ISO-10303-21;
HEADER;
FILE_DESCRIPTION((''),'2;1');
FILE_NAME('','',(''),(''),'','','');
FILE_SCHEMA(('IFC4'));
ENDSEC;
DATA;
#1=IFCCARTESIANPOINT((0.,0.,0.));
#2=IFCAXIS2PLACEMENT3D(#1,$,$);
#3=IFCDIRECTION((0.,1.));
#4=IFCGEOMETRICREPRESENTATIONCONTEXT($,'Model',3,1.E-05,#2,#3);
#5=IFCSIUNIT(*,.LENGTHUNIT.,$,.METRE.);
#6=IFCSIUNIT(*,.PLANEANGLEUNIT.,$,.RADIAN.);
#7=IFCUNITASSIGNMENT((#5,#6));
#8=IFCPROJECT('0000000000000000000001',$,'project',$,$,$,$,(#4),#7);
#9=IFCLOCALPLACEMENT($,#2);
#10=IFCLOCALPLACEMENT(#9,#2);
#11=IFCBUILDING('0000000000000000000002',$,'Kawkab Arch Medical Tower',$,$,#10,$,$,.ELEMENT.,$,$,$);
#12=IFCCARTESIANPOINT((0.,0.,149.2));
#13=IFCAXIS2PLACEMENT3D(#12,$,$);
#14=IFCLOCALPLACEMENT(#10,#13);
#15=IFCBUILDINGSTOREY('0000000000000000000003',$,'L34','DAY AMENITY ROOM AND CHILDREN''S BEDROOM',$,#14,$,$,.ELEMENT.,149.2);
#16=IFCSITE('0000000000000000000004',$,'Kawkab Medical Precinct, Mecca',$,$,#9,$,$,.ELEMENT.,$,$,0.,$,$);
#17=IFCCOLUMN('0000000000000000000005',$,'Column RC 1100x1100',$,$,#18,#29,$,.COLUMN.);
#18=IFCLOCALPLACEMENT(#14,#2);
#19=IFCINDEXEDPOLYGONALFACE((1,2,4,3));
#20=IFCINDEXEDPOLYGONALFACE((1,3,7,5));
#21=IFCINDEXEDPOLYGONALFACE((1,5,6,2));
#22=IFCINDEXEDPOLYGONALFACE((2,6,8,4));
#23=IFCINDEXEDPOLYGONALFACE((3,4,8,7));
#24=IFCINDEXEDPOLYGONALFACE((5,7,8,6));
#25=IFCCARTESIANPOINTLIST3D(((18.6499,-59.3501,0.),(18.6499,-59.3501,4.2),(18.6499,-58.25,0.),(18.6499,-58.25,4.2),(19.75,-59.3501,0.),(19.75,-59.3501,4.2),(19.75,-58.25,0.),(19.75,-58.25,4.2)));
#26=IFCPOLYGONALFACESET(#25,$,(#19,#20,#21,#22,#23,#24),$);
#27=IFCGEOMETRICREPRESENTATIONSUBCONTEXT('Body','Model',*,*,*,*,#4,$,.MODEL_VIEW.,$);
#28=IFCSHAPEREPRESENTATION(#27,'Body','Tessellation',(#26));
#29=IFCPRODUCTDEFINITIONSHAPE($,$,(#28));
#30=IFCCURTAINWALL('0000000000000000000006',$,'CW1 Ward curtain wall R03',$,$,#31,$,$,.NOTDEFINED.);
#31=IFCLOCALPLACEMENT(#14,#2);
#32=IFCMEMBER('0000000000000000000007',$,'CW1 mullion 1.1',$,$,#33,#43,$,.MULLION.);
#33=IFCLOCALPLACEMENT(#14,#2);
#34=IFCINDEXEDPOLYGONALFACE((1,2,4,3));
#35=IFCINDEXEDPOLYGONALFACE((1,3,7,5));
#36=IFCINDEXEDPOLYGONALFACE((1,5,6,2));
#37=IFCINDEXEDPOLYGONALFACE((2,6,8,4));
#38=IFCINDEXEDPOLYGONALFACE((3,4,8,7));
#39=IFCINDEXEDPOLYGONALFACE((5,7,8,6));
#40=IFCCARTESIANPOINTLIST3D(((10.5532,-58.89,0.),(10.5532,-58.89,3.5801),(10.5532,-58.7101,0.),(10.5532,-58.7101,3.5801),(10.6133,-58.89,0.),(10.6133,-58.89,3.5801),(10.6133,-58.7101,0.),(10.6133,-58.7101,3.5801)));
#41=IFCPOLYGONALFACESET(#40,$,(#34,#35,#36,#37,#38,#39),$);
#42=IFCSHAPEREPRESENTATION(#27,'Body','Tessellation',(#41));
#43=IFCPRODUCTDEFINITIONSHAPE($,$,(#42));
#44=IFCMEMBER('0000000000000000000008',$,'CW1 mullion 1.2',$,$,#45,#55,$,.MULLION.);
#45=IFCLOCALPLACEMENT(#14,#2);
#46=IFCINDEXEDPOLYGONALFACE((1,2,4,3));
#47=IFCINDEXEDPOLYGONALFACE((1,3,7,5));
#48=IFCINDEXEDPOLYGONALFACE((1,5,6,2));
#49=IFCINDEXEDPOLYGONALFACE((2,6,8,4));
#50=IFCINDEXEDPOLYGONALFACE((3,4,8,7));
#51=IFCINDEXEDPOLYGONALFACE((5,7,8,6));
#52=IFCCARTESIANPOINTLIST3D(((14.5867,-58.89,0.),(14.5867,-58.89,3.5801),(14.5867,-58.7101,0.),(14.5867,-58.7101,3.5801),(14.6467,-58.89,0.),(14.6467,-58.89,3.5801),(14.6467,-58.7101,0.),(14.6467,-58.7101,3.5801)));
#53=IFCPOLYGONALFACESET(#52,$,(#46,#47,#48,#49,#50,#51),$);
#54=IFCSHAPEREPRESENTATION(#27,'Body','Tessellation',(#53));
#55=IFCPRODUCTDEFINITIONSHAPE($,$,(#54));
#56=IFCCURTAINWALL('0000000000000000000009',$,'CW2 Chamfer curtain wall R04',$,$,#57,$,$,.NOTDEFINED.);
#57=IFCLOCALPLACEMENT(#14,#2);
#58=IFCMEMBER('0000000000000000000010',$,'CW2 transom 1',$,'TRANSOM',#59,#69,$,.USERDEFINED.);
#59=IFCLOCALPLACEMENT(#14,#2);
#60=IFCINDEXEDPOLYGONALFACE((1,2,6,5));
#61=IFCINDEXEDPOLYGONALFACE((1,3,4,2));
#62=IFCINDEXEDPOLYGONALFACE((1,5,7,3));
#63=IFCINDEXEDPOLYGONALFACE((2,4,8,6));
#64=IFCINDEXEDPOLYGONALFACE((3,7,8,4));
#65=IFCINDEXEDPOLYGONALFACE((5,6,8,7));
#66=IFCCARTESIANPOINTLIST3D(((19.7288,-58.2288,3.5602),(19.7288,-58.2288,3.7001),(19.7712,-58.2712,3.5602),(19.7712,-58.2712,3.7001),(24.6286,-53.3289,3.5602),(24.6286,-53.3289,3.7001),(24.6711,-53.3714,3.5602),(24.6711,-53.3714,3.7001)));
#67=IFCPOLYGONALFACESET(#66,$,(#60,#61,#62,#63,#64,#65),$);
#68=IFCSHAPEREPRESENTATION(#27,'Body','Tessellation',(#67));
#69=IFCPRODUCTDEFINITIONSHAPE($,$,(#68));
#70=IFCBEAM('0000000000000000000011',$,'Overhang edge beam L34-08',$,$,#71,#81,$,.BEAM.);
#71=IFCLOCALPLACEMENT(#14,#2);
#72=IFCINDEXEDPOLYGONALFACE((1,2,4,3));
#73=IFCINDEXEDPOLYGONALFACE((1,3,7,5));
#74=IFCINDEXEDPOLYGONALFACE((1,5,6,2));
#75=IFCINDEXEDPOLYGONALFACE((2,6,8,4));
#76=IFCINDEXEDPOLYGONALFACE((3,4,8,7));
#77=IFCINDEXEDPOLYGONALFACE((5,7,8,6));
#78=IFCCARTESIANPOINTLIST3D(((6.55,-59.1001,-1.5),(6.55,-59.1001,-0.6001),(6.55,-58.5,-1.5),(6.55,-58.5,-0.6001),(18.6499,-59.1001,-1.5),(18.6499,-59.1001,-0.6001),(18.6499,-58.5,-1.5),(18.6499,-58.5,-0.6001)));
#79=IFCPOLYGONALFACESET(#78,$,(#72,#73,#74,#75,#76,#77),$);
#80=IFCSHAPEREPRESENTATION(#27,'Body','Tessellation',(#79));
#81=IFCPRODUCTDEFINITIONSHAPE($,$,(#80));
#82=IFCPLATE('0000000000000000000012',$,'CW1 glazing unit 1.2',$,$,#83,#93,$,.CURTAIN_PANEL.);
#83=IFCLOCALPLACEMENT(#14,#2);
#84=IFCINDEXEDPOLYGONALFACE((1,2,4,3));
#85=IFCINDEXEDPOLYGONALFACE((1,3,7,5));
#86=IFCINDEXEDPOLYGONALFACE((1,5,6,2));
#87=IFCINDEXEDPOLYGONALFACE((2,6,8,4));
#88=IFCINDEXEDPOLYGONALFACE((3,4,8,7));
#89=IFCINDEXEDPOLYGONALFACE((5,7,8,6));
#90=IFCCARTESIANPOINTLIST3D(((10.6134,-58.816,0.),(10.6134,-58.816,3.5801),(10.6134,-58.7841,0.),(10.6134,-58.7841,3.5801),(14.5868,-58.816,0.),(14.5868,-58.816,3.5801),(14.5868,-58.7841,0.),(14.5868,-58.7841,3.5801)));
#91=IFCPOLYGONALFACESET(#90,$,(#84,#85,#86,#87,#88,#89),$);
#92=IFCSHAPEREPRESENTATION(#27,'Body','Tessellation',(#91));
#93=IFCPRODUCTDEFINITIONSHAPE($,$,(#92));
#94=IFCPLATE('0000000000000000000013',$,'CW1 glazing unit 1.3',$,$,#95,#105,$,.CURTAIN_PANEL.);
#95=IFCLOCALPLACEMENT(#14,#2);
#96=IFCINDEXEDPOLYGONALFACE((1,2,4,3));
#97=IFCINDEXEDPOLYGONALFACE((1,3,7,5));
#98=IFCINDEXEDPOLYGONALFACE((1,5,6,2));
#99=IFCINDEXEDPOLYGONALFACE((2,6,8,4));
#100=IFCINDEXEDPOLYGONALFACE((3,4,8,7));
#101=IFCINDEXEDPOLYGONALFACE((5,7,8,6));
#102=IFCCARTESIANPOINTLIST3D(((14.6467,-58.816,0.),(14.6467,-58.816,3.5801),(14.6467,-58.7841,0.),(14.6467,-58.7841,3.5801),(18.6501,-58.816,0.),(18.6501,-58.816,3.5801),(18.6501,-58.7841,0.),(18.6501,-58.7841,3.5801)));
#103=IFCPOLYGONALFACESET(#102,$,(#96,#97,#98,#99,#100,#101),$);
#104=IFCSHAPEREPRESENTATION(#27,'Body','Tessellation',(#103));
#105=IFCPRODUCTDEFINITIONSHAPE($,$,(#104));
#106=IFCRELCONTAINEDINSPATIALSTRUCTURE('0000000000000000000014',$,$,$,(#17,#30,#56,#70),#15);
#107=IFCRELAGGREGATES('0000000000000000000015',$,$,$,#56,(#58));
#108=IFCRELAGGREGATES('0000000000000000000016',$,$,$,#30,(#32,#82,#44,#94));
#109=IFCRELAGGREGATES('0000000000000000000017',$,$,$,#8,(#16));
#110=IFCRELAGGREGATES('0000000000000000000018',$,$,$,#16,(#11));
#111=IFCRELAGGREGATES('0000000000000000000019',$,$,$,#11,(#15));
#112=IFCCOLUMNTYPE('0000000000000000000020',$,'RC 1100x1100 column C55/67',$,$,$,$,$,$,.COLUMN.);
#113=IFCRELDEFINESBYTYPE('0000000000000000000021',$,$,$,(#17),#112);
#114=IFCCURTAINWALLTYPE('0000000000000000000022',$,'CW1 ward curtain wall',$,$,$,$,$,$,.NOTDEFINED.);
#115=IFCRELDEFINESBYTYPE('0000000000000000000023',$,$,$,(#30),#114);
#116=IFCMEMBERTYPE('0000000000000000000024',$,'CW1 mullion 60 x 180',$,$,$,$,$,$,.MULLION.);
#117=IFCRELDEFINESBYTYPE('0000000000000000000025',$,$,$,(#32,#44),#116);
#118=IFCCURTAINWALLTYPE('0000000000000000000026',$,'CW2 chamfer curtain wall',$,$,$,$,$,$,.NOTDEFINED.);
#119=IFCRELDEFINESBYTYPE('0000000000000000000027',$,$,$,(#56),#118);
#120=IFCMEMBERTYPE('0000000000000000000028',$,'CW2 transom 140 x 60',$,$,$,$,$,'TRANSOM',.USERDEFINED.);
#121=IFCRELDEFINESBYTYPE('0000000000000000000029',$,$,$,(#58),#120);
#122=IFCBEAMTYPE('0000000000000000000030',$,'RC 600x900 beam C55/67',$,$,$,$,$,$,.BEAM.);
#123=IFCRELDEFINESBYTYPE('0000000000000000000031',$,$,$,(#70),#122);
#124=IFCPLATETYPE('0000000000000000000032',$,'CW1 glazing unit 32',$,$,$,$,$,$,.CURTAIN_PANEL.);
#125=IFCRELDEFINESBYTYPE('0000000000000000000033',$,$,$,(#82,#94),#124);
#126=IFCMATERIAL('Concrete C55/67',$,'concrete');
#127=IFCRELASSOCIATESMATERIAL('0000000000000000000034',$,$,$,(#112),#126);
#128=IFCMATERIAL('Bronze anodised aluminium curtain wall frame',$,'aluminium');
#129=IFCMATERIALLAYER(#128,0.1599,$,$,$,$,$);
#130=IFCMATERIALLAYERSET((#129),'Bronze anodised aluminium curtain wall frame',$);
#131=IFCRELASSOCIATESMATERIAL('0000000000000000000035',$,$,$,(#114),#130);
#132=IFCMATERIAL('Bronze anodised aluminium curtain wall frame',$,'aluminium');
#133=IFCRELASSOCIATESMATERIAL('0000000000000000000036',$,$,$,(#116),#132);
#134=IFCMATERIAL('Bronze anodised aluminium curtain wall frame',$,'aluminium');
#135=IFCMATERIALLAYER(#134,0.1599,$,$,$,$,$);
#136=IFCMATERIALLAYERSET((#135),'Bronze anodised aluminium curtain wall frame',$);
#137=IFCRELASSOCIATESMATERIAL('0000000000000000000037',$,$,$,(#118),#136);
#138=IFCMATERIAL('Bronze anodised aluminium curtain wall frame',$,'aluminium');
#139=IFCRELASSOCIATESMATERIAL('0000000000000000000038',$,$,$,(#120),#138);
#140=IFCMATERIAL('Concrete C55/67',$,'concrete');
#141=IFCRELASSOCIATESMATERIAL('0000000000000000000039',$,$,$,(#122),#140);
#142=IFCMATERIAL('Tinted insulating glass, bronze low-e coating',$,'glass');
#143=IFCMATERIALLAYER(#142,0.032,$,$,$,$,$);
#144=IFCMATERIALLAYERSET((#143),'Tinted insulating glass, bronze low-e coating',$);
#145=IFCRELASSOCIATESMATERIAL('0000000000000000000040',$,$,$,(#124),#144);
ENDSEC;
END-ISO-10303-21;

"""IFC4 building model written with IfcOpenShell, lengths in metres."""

from ifc_helpers import new_model, si_unit, direction, frame, origin, origin_2d, place, context, subcontext, project, spatial, rectangle, extrude, material, layer, layer_set, material_profile, profile_set, type_object, element, aggregate, save


model = new_model("IFC4")

# Units and contexts
model_context = context("Model", 3, precision=1e-05, world=origin(), true_north=direction((0.0, 1.0)))
body_context = subcontext(model_context, "Body", "Model", "MODEL_VIEW")
ifc_project = project(units=[si_unit("LENGTHUNIT", "METRE"), si_unit("PLANEANGLEUNIT", "RADIAN")], contexts=[model_context])

# Site, building, storey
site_placement = place(None, origin())
site = spatial("IfcSite", under=ifc_project, at=site_placement, Name="Kawkab Medical Precinct, Mecca", CompositionType="ELEMENT", RefElevation=0.0)
building_placement = place(site_placement, origin())
building = spatial("IfcBuilding", under=site, at=building_placement, Name="Kawkab Arch Medical Tower", CompositionType="ELEMENT")
storey_placement = place(building_placement, frame((0.0, 0.0, 149.2)))
storey = spatial("IfcBuildingStorey", under=building, at=storey_placement, Name="L34", Description="DAY AMENITY ROOM AND CHILDREN'S BEDROOM", CompositionType="ELEMENT", Elevation=149.2)

# Column
ifc_material_1 = material(Name="Concrete C55/67", Category="concrete")
ifc_material_profile_1 = material_profile(ifc_material_1, rectangle(XDim=1.1001, YDim=1.1001, at=origin_2d()), Name="RC 1100x1100")
ifc_profile_set_1 = profile_set([ifc_material_profile_1], Name="Concrete C55/67")
column_type = type_object("IfcColumnType", Name="RC 1100x1100 column C55/67", PredefinedType="COLUMN", material=ifc_profile_set_1)
column_placement = place(storey_placement, frame((19.2, -58.8, 0.0), z_axis=(0.0, 0.0, 1.0), x_axis=(1.0, 0.0, 0.0)))
element("IfcColumn", 1, at=column_placement, inside=storey, type_object=column_type, Name="Column RC 1100x1100", PredefinedType="COLUMN", context=body_context, shape_type="SweptSolid", body=[
    extrude(rectangle(XDim=1.1001, YDim=1.1001, at=origin_2d()), origin(), (0.0, 0.0, 1.0), 4.2),
])

# Curtain wall, members
ifc_material_2 = material(Name="Bronze anodised aluminium curtain wall frame", Category="aluminium")
ifc_layer_1 = layer(ifc_material_2, 0.1599)
ifc_layer_set_1 = layer_set([ifc_layer_1], Name="Bronze anodised aluminium curtain wall frame")
curtain_wall_type_1 = type_object("IfcCurtainWallType", Name="CW1 ward curtain wall", PredefinedType="NOTDEFINED", material=ifc_layer_set_1)
placement = place(storey_placement, origin())
curtain_wall_1 = element("IfcCurtainWall", 2, at=placement, inside=storey, type_object=curtain_wall_type_1, Name="CW1 Ward curtain wall R03", PredefinedType="NOTDEFINED")
ifc_material_3 = material(Name="Bronze anodised aluminium curtain wall frame", Category="aluminium")
ifc_material_profile_2 = material_profile(ifc_material_3, rectangle(XDim=0.1799, YDim=0.0601, at=origin_2d()), Name="AL 60x180")
ifc_profile_set_2 = profile_set([ifc_material_profile_2], Name="Bronze anodised aluminium curtain wall frame")
member_type_1 = type_object("IfcMemberType", Name="CW1 mullion 60 x 180", PredefinedType="MULLION", material=ifc_profile_set_2)
member_1_placement = place(storey_placement, frame((10.5833, -58.8, 0.0), z_axis=(0.0, 0.0, 1.0), x_axis=(0.0, 1.0, 0.0)))
member_1 = element("IfcMember", 3, at=member_1_placement, type_object=member_type_1, Name="CW1 mullion 1.1", PredefinedType="MULLION", context=body_context, shape_type="SweptSolid", body=[
    extrude(rectangle(XDim=0.1799, YDim=0.0601, at=origin_2d()), origin(), (0.0, 0.0, 1.0), 3.5801),
])
member_2_placement = place(storey_placement, frame((14.6167, -58.8, 0.0), z_axis=(0.0, 0.0, 1.0), x_axis=(0.0, 1.0, 0.0)))
member_2 = element("IfcMember", 4, at=member_2_placement, type_object=member_type_1, Name="CW1 mullion 1.2", PredefinedType="MULLION", context=body_context, shape_type="SweptSolid", body=[
    extrude(rectangle(XDim=0.1799, YDim=0.0601, at=origin_2d()), origin(), (0.0, 0.0, 1.0), 3.5801),
])

# Curtain wall, member
ifc_material_4 = material(Name="Bronze anodised aluminium curtain wall frame", Category="aluminium")
ifc_layer_2 = layer(ifc_material_4, 0.1599)
ifc_layer_set_2 = layer_set([ifc_layer_2], Name="Bronze anodised aluminium curtain wall frame")
curtain_wall_type_2 = type_object("IfcCurtainWallType", Name="CW2 chamfer curtain wall", PredefinedType="NOTDEFINED", material=ifc_layer_set_2)
curtain_wall_2 = element("IfcCurtainWall", 5, at=placement, inside=storey, type_object=curtain_wall_type_2, Name="CW2 Chamfer curtain wall R04", PredefinedType="NOTDEFINED")
ifc_material_5 = material(Name="Bronze anodised aluminium curtain wall frame", Category="aluminium")
ifc_material_profile_3 = material_profile(ifc_material_5, rectangle(XDim=0.0601, YDim=0.1399, at=origin_2d()), Name="AL 60x140")
ifc_profile_set_3 = profile_set([ifc_material_profile_3], Name="Bronze anodised aluminium curtain wall frame")
member_type_2 = type_object("IfcMemberType", Name="CW2 transom 140 x 60", ElementType="TRANSOM", PredefinedType="USERDEFINED", material=ifc_profile_set_3)
member_3_placement = place(storey_placement, frame((19.75, -58.25, 3.6301), z_axis=(0.707107, 0.707107, 0.0), x_axis=(-0.707107, 0.707107, 0.0)))
member_3 = element("IfcMember", 6, at=member_3_placement, type_object=member_type_2, Name="CW2 transom 1", ObjectType="TRANSOM", PredefinedType="USERDEFINED", context=body_context, shape_type="SweptSolid", body=[
    extrude(rectangle(XDim=0.0601, YDim=0.1399, at=origin_2d()), origin(), (0.0, 0.0, 1.0), 6.9294),
])
aggregate(curtain_wall_2, [member_3])

# Beam
ifc_material_6 = material(Name="Concrete C55/67", Category="concrete")
ifc_material_profile_4 = material_profile(ifc_material_6, rectangle(XDim=0.6001, YDim=0.8999, at=origin_2d()), Name="RC 600x900")
ifc_profile_set_4 = profile_set([ifc_material_profile_4], Name="Concrete C55/67")
beam_type = type_object("IfcBeamType", Name="RC 600x900 beam C55/67", PredefinedType="BEAM", material=ifc_profile_set_4)
beam_placement = place(storey_placement, frame((18.6499, -58.8, -1.05), z_axis=(-1.0, 0.0, 0.0), x_axis=(0.0, -1.0, 0.0)))
element("IfcBeam", 7, at=beam_placement, inside=storey, type_object=beam_type, Name="Overhang edge beam L34-08", PredefinedType="BEAM", context=body_context, shape_type="SweptSolid", body=[
    extrude(rectangle(XDim=0.6001, YDim=0.8999, at=origin_2d()), origin(), (0.0, 0.0, 1.0), 12.0999),
])

# Plates
ifc_material_7 = material(Name="Tinted insulating glass, bronze low-e coating", Category="glass")
ifc_layer_3 = layer(ifc_material_7, 0.032)
ifc_layer_set_3 = layer_set([ifc_layer_3], Name="Tinted insulating glass, bronze low-e coating")
plate_type = type_object("IfcPlateType", Name="CW1 glazing unit 32", PredefinedType="CURTAIN_PANEL", material=ifc_layer_set_3)
plate_1_placement = place(storey_placement, frame((12.6001, -58.8, 0.0), z_axis=(0.0, 0.0, 1.0), x_axis=(1.0, 0.0, 0.0)))
plate_1 = element("IfcPlate", 8, at=plate_1_placement, type_object=plate_type, Name="CW1 glazing unit 1.2", PredefinedType="CURTAIN_PANEL", context=body_context, shape_type="SweptSolid", body=[
    extrude(rectangle(XDim=3.9734, YDim=0.032, at=origin_2d()), origin(), (0.0, 0.0, 1.0), 3.5801),
])
plate_2_placement = place(storey_placement, frame((16.6484, -58.8, 0.0), z_axis=(0.0, 0.0, 1.0), x_axis=(1.0, 0.0, 0.0)))
plate_2 = element("IfcPlate", 9, at=plate_2_placement, type_object=plate_type, Name="CW1 glazing unit 1.3", PredefinedType="CURTAIN_PANEL", context=body_context, shape_type="SweptSolid", body=[
    extrude(rectangle(XDim=4.0034, YDim=0.032, at=origin_2d()), origin(), (0.0, 0.0, 1.0), 3.5801),
])
aggregate(curtain_wall_1, [member_1, plate_1, member_2, plate_2])

save(model, "model.ifc")
